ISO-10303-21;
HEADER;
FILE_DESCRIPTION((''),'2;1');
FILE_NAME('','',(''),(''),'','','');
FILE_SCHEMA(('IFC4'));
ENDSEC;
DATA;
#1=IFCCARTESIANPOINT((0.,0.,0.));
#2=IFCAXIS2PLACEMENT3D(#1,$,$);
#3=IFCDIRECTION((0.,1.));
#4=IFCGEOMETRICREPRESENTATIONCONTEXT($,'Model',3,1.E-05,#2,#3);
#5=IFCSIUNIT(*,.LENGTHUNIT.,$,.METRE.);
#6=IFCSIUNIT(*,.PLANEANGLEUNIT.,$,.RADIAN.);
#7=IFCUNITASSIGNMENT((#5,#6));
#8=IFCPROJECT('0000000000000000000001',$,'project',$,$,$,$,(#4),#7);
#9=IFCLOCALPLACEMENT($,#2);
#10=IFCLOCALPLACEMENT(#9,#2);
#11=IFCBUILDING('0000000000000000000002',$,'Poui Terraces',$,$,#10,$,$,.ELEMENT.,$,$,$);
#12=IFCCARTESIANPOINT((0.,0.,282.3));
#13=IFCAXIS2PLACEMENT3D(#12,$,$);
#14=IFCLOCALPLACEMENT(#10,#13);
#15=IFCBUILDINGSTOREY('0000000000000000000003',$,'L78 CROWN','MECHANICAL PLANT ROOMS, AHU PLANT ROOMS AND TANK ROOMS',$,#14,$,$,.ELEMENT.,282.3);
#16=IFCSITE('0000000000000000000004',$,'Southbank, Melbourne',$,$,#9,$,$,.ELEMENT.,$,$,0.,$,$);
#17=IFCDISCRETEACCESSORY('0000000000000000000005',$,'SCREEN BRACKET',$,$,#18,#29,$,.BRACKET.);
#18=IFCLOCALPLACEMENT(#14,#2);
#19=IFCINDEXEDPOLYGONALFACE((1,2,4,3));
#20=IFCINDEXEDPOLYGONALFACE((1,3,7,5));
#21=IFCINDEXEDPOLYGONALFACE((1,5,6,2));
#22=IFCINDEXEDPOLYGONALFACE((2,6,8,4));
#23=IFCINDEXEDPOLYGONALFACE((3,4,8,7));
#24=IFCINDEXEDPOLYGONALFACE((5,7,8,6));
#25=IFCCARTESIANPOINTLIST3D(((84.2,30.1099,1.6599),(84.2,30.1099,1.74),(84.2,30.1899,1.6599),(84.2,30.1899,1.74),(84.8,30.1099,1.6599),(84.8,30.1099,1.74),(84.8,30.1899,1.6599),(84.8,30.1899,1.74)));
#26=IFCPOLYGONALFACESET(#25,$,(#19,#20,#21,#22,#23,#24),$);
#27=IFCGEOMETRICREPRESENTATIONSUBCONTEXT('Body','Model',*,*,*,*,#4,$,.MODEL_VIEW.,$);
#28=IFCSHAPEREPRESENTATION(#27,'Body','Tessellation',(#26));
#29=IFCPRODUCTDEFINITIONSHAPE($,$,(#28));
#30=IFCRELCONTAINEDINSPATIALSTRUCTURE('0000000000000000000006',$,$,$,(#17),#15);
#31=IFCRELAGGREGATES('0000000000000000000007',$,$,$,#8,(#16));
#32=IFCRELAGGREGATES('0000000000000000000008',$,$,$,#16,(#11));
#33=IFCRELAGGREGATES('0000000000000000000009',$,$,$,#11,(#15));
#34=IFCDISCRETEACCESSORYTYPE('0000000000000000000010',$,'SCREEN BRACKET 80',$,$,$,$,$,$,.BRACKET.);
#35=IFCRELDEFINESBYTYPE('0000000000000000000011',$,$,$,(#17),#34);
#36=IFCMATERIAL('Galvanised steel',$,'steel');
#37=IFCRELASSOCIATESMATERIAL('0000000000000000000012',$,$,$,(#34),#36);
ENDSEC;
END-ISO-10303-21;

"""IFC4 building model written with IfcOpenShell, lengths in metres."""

from ifc_helpers import new_model, si_unit, direction, frame, origin, origin_2d, place, context, subcontext, project, spatial, rectangle, extrude, source, transform, mapped, material, material_profile, profile_set, type_object, element, save


model = new_model("IFC4")

# Units and contexts
model_context = context("Model", 3, precision=1e-05, world=origin(), true_north=direction((0.0, 1.0)))
body_context = subcontext(model_context, "Body", "Model", "MODEL_VIEW")
ifc_project = project(units=[si_unit("LENGTHUNIT", "METRE"), si_unit("PLANEANGLEUNIT", "RADIAN")], contexts=[model_context])

# Site, building, storey
site_placement = place(None, origin())
site = spatial("IfcSite", under=ifc_project, at=site_placement, Name="Southbank, Melbourne", CompositionType="ELEMENT", RefElevation=0.0)
building_placement = place(site_placement, origin())
building = spatial("IfcBuilding", under=site, at=building_placement, Name="Poui Terraces", CompositionType="ELEMENT")
storey_placement = place(building_placement, frame((0.0, 0.0, 282.3)))
storey = spatial("IfcBuildingStorey", under=building, at=storey_placement, Name="L78 CROWN", Description="MECHANICAL PLANT ROOMS, AHU PLANT ROOMS AND TANK ROOMS", CompositionType="ELEMENT", Elevation=282.3)

# Discrete accessory
ifc_material_1 = material(Name="Galvanised steel", Category="steel")
ifc_material_profile_1 = material_profile(ifc_material_1, rectangle(XDim=0.0801, YDim=0.0801, at=origin_2d()), Name="SCREEN BRACKET 80")
ifc_profile_set_1 = profile_set([ifc_material_profile_1], Name="Galvanised steel")
discrete_accessory_type = type_object("IfcDiscreteAccessoryType", Name="SCREEN BRACKET 80", PredefinedType="BRACKET", material=ifc_profile_set_1)
shared_shape_1 = source(origin(), body_context, "Body", "SweptSolid", [
    extrude(rectangle(XDim=0.0801, YDim=0.0801, at=origin_2d()), origin(), (0.0, 0.0, 1.0), 0.6001),
])
for number, where, z_axis, x_axis, name in (
    (1, (84.2, 30.1499, 1.7), (1.0, 0.0, 0.0), (0.0, 1.0, 0.0), "SCREEN BRACKET"),
):
    element("IfcDiscreteAccessory", number, at=place(storey_placement, frame(where, z_axis=z_axis, x_axis=x_axis)), inside=storey, type_object=discrete_accessory_type, Name=name, PredefinedType="BRACKET", context=body_context, shape_type="MappedRepresentation", body=[
        mapped(shared_shape_1, transform((0.0, 0.0, 0.0))),
    ])

save(model, "model.ifc")
